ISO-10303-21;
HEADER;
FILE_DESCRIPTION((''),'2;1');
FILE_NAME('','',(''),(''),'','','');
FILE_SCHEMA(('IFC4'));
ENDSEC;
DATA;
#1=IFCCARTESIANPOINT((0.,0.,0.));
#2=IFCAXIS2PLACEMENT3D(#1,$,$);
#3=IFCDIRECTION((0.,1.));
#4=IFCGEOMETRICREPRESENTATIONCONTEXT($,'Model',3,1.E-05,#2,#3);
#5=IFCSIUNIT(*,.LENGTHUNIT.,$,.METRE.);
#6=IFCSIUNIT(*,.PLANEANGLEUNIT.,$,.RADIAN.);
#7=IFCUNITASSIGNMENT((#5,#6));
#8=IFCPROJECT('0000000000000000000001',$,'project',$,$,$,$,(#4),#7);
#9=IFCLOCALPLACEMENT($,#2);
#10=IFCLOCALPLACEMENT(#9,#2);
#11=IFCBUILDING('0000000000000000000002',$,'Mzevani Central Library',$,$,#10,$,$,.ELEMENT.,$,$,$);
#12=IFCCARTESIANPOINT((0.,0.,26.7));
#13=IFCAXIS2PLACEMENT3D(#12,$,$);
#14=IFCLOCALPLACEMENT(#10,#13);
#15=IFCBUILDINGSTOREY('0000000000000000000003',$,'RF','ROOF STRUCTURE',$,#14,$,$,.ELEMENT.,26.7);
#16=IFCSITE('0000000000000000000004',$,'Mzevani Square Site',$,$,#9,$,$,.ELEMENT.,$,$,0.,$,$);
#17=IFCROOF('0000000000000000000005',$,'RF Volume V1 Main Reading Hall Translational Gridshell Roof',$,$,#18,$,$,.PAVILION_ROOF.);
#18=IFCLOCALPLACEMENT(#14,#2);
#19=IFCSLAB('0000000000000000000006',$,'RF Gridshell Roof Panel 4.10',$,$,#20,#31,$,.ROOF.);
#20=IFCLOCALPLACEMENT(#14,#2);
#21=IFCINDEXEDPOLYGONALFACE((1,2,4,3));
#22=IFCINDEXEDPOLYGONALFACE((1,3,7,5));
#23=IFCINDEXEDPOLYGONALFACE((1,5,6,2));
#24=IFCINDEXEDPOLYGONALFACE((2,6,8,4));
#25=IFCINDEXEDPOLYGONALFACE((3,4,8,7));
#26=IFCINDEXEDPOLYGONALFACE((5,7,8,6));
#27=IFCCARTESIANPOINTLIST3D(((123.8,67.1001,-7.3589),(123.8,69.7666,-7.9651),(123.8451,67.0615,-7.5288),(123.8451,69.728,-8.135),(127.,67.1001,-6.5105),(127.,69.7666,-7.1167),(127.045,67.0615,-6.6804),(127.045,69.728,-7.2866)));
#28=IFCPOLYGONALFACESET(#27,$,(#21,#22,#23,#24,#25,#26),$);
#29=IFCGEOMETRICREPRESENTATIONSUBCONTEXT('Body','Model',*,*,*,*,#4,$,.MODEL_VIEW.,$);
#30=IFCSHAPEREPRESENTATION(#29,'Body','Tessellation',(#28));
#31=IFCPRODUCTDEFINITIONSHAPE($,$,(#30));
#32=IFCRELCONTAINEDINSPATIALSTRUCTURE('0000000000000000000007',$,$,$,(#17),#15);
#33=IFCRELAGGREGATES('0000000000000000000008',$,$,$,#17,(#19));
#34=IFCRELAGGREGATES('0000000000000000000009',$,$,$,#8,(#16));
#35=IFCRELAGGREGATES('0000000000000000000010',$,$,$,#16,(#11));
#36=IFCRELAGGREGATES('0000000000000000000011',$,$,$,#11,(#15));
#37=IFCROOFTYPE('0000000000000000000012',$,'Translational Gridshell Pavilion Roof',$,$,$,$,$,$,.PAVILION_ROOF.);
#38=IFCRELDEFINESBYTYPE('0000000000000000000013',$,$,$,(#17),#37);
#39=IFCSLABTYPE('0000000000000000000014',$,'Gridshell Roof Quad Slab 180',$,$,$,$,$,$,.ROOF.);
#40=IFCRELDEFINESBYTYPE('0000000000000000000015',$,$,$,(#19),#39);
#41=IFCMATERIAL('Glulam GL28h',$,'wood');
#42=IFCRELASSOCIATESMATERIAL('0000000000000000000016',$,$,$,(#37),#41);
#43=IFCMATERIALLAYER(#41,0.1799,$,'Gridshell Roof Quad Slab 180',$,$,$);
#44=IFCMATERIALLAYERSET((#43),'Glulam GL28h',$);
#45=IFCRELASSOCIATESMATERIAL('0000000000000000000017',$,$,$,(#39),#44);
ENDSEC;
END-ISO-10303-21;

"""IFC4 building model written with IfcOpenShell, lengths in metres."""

from ifc_helpers import new_model, si_unit, direction, frame, origin, place, context, subcontext, project, spatial, polyline, outline, extrude, material, layer, layer_set, type_object, element, aggregate, save


model = new_model("IFC4")

# Units and contexts
model_context = context("Model", 3, precision=1e-05, world=origin(), true_north=direction((0.0, 1.0)))
body_context = subcontext(model_context, "Body", "Model", "MODEL_VIEW")
ifc_project = project(units=[si_unit("LENGTHUNIT", "METRE"), si_unit("PLANEANGLEUNIT", "RADIAN")], contexts=[model_context])

# Site, building, storey
site_placement = place(None, origin())
site = spatial("IfcSite", under=ifc_project, at=site_placement, Name="Mzevani Square Site", CompositionType="ELEMENT", RefElevation=0.0)
building_placement = place(site_placement, origin())
building = spatial("IfcBuilding", under=site, at=building_placement, Name="Mzevani Central Library", CompositionType="ELEMENT")
storey_placement = place(building_placement, frame((0.0, 0.0, 26.7)))
storey = spatial("IfcBuildingStorey", under=building, at=storey_placement, Name="RF", Description="ROOF STRUCTURE", CompositionType="ELEMENT", Elevation=26.7)

# Shared definitions
ifc_material_1 = material(Name="Glulam GL28h", Category="wood")

# Roof, slab
roof_type = type_object("IfcRoofType", Name="Translational Gridshell Pavilion Roof", PredefinedType="PAVILION_ROOF", material=ifc_material_1)
roof_placement = place(storey_placement, origin())
roof = element("IfcRoof", 1, at=roof_placement, inside=storey, type_object=roof_type, Name="RF Volume V1 Main Reading Hall Translational Gridshell Roof", PredefinedType="PAVILION_ROOF")
ifc_layer_1 = layer(ifc_material_1, 0.1799, Name="Gridshell Roof Quad Slab 180")
ifc_layer_set_1 = layer_set([ifc_layer_1], Name="Glulam GL28h")
slab_type = type_object("IfcSlabType", Name="Gridshell Roof Quad Slab 180", PredefinedType="ROOF", material=ifc_layer_set_1)
slab_1_placement = place(storey_placement, frame((123.8, 67.1001, -7.3589), z_axis=(-0.250299, 0.214626, 0.944079), x_axis=(0.966605, 0.0, 0.256272)))
slab_1 = element("IfcSlab", 2, at=slab_1_placement, type_object=slab_type, Name="RF Gridshell Roof Panel 4.10", PredefinedType="ROOF", context=body_context, shape_type="SweptSolid", body=[
    extrude(outline(polyline([(0.0, 0.0), (3.3105, 0.0), (3.1552, 2.7301), (-0.1554, 2.7301), (0.0, 0.0)])), origin(), (0.0, 0.0, -1.0), 0.1799),
])
aggregate(roof, [slab_1])

save(model, "model.ifc")
